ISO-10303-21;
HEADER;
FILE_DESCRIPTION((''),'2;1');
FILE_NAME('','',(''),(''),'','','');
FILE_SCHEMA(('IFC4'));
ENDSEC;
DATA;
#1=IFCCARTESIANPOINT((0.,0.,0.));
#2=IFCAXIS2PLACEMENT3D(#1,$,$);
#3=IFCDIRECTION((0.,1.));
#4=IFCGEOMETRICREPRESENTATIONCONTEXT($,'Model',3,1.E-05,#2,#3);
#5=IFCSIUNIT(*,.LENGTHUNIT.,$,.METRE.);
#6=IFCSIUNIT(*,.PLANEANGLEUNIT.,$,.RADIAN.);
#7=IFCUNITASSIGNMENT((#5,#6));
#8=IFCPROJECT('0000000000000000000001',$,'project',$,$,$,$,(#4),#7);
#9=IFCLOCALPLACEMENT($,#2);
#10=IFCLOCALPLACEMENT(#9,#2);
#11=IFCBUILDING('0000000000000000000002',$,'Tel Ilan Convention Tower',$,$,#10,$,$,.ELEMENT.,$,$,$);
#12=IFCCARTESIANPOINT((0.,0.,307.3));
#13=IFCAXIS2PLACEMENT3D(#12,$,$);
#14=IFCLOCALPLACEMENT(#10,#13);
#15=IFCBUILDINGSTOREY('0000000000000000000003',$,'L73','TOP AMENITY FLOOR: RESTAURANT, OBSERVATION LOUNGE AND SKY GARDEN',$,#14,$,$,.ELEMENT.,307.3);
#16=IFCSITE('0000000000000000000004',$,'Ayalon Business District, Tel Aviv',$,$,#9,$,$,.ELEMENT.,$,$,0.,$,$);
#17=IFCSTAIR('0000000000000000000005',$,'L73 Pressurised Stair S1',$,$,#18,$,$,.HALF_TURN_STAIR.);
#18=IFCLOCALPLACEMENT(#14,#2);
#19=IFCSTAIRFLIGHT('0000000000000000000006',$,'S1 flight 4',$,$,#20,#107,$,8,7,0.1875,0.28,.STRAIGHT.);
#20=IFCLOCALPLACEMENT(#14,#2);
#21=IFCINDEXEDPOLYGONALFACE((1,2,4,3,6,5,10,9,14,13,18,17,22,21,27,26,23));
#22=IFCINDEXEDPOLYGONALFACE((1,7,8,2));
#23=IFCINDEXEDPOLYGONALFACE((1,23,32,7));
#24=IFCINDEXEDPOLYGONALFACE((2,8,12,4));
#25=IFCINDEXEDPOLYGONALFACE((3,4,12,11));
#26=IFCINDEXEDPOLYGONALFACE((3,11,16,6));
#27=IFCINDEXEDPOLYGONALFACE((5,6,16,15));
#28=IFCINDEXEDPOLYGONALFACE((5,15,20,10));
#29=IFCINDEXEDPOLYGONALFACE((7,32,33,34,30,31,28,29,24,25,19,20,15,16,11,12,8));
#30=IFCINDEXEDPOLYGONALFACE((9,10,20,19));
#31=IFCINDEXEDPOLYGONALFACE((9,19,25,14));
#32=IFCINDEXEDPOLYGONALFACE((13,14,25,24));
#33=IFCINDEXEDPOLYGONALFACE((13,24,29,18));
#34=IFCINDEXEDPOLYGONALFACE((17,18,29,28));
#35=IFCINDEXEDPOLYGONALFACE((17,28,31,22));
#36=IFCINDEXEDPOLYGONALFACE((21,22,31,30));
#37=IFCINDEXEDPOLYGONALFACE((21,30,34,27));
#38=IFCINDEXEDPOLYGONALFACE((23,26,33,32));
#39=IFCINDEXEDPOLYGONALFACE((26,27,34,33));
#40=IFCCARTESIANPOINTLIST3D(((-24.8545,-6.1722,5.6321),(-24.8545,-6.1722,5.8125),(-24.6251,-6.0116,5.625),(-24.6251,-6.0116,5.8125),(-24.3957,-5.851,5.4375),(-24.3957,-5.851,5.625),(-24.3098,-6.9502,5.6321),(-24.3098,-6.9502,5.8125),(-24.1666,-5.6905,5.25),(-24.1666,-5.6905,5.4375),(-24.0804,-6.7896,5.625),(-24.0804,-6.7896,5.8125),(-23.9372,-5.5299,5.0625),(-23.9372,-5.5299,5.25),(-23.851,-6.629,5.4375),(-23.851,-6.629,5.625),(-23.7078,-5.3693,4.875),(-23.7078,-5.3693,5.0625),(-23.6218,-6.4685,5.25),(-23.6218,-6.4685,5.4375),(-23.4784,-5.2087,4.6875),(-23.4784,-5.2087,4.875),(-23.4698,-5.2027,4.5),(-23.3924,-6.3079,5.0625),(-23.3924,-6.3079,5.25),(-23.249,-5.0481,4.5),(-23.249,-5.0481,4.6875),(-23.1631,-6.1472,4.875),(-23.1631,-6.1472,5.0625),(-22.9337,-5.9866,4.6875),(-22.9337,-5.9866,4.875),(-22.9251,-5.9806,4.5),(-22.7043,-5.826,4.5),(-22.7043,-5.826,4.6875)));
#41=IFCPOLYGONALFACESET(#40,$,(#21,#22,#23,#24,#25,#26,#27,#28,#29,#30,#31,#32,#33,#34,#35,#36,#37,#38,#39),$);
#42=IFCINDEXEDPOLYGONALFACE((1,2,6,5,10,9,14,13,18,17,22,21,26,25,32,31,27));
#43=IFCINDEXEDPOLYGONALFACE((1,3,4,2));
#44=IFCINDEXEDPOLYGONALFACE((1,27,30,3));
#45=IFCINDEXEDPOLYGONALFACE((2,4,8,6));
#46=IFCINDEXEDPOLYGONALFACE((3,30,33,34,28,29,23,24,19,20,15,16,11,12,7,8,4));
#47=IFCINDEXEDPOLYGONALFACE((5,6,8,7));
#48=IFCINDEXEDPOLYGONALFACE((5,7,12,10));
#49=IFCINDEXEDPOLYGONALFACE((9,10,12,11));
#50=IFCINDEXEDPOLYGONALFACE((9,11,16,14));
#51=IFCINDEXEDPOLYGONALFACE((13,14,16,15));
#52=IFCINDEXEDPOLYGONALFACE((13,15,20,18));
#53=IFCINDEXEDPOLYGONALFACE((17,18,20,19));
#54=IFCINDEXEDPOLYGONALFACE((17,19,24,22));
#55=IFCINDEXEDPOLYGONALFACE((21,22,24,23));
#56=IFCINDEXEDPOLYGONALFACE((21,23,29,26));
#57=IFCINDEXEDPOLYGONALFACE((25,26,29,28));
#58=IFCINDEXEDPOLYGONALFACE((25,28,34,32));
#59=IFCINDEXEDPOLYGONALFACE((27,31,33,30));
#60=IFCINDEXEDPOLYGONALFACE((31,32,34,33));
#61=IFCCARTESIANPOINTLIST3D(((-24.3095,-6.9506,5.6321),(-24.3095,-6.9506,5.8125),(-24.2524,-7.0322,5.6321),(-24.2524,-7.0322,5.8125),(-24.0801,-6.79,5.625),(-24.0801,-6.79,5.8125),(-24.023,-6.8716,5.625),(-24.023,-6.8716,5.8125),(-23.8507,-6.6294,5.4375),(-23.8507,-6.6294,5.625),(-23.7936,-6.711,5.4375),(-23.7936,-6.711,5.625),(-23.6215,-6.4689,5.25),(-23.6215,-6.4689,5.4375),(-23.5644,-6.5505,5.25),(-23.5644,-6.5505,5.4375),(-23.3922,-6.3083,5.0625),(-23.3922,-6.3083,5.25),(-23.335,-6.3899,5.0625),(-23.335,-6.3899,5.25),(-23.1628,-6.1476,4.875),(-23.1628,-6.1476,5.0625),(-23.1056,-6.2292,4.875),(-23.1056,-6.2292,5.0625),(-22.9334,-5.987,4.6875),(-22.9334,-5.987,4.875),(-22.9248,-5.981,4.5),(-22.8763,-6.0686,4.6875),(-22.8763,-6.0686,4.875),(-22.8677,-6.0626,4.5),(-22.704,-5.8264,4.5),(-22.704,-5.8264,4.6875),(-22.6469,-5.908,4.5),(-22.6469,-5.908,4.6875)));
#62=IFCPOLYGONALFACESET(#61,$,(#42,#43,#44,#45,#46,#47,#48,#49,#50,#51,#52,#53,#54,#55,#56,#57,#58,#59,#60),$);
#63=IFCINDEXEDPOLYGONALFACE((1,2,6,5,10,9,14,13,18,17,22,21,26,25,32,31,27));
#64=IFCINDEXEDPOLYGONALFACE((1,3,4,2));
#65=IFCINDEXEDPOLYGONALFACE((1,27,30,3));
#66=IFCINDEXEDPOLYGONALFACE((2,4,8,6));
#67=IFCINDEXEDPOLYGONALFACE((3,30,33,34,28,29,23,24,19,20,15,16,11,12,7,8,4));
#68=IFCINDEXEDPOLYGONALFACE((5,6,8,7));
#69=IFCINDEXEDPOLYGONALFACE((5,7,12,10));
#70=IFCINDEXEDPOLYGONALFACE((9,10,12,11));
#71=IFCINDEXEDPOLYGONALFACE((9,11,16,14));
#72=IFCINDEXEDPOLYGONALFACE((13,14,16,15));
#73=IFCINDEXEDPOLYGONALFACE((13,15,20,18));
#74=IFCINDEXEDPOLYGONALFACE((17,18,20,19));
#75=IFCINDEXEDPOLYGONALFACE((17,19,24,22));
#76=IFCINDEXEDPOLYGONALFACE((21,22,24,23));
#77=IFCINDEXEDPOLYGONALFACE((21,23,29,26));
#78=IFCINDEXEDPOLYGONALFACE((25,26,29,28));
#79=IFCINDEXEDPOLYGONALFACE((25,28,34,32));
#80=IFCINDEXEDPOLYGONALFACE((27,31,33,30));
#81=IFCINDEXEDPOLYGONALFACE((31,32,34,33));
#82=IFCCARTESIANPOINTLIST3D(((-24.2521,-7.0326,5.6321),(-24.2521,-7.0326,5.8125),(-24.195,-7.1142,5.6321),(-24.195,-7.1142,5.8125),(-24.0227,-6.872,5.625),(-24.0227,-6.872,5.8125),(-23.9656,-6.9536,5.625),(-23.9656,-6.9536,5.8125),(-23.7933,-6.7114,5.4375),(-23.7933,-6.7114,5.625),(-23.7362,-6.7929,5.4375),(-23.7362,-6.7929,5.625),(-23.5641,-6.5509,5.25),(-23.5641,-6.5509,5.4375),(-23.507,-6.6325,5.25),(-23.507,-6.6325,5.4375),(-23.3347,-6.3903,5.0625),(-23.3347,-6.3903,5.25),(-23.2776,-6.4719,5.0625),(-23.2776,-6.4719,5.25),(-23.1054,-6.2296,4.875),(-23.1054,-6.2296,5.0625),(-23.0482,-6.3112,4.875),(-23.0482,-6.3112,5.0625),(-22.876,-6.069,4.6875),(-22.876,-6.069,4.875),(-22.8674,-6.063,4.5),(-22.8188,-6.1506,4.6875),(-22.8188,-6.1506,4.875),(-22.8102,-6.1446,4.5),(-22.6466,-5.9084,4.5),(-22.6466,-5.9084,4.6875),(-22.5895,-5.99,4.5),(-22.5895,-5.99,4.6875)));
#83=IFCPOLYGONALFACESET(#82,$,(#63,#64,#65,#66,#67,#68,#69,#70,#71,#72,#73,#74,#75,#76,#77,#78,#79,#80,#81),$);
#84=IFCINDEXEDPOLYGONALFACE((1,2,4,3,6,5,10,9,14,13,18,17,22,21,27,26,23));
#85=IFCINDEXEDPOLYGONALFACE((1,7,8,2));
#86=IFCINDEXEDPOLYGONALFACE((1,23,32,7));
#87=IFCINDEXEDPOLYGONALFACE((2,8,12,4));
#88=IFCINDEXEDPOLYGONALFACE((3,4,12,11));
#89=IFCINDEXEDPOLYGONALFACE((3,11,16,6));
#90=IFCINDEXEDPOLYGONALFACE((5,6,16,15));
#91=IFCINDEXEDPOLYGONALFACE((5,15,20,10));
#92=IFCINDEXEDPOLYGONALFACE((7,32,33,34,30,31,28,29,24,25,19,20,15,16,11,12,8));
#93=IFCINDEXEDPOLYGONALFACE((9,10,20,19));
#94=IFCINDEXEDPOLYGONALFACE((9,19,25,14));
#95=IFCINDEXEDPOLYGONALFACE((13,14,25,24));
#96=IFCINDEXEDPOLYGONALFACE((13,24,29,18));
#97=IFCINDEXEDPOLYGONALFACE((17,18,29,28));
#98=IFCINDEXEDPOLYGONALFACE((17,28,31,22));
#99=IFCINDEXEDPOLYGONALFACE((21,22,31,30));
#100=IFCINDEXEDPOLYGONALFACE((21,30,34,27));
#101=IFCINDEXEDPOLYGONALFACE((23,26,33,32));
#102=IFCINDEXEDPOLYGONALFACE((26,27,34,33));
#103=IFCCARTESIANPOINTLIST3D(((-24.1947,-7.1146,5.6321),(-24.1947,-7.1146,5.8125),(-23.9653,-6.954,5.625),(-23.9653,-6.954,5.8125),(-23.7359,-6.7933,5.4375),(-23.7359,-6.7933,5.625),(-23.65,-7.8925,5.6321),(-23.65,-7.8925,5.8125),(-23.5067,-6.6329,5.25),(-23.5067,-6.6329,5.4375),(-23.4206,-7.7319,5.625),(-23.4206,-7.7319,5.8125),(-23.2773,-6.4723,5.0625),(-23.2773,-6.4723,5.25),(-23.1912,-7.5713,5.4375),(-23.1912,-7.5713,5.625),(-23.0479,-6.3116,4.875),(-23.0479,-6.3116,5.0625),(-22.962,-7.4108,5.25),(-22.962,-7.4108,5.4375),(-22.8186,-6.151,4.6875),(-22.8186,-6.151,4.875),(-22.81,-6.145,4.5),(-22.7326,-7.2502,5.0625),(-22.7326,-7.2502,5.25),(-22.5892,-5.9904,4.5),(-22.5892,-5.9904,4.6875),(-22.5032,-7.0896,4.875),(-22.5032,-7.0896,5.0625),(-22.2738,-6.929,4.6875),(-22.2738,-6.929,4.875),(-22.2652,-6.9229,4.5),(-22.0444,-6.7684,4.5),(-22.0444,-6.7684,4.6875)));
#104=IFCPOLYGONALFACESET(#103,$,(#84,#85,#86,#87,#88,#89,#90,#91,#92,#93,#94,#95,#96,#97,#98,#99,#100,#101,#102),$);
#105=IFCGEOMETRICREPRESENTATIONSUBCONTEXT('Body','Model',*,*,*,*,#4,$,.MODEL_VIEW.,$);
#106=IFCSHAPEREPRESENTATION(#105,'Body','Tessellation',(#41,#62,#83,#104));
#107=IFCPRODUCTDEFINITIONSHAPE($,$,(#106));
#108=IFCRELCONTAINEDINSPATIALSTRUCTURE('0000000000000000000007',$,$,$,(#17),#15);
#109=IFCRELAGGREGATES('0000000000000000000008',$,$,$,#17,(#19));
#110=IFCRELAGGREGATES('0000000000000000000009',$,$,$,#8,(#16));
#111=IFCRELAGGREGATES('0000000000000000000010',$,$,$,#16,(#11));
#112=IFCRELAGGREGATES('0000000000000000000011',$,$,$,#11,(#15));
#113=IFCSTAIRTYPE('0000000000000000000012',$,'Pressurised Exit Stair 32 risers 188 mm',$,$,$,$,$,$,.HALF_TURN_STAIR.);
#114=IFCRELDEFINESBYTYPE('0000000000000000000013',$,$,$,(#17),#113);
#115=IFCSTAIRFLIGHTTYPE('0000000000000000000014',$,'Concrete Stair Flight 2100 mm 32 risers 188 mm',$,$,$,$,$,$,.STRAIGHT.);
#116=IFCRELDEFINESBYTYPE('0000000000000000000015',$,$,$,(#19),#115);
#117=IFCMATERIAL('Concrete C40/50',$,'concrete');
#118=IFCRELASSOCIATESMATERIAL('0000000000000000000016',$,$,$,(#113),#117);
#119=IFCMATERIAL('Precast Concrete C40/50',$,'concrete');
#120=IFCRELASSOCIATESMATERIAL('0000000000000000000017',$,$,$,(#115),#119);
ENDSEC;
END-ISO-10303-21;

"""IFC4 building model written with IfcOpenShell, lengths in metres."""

from ifc_helpers import new_model, si_unit, direction, frame, origin, place, context, subcontext, project, spatial, polyline, outline, extrude, material, type_object, element, aggregate, save


model = new_model("IFC4")

# Units and contexts
model_context = context("Model", 3, precision=1e-05, world=origin(), true_north=direction((0.0, 1.0)))
body_context = subcontext(model_context, "Body", "Model", "MODEL_VIEW")
ifc_project = project(units=[si_unit("LENGTHUNIT", "METRE"), si_unit("PLANEANGLEUNIT", "RADIAN")], contexts=[model_context])

# Site, building, storey
site_placement = place(None, origin())
site = spatial("IfcSite", under=ifc_project, at=site_placement, Name="Ayalon Business District, Tel Aviv", CompositionType="ELEMENT", RefElevation=0.0)
building_placement = place(site_placement, origin())
building = spatial("IfcBuilding", under=site, at=building_placement, Name="Tel Ilan Convention Tower", CompositionType="ELEMENT")
storey_placement = place(building_placement, frame((0.0, 0.0, 307.3)))
storey = spatial("IfcBuildingStorey", under=building, at=storey_placement, Name="L73", Description="TOP AMENITY FLOOR: RESTAURANT, OBSERVATION LOUNGE AND SKY GARDEN", CompositionType="ELEMENT", Elevation=307.3)

# Stair, stair flight
ifc_material_1 = material(Name="Concrete C40/50", Category="concrete")
stair_type = type_object("IfcStairType", Name="Pressurised Exit Stair 32 risers 188 mm", PredefinedType="HALF_TURN_STAIR", material=ifc_material_1)
stair_1_placement = place(storey_placement, origin())
stair_1 = element("IfcStair", 1, at=stair_1_placement, inside=storey, type_object=stair_type, Name="L73 Pressurised Stair S1", PredefinedType="HALF_TURN_STAIR")
ifc_material_2 = material(Name="Precast Concrete C40/50", Category="concrete")
stair_flight_type = type_object("IfcStairFlightType", Name="Concrete Stair Flight 2100 mm 32 risers 188 mm", PredefinedType="STRAIGHT", material=ifc_material_2)
stair_flight_1_placement = place(storey_placement, frame((-22.6467, -5.9082, 4.5), z_axis=(0.0, 0.0, 1.0), x_axis=(-0.819152, -0.573576, 0.0)))
stair_flight_1 = element("IfcStairFlight", 2, at=stair_flight_1_placement, type_object=stair_flight_type, Name="S1 flight 4", NumberOfRisers=8, NumberOfTreads=7, PredefinedType="STRAIGHT", RiserHeight=0.1875, TreadLength=0.28, context=body_context, shape_type="SweptSolid", body=[
    extrude(outline(polyline([(0.0, 0.0), (0.0, 0.1875), (0.28, 0.1875), (0.28, 0.375), (0.5601, 0.375), (0.5601, 0.5625), (0.8401, 0.5625), (0.8401, 0.75), (1.1201, 0.75), (1.1201, 0.9375), (1.3999, 0.9375), (1.3999, 1.125), (1.6799, 1.125), (1.6799, 1.3125), (1.96, 1.3125), (1.96, 1.5), (1.96, 1.1321), (0.2695, 0.0), (0.0, 0.0)])), frame((0.0, -0.1003, 0.0), z_axis=(0.0, -1.0, 0.0), x_axis=(1.0, 0.0, 0.0)), (0.0, 0.0, 1.0), 0.9497),
    extrude(outline(polyline([(0.0, 0.0), (0.0, 0.1875), (0.28, 0.1875), (0.28, 0.375), (0.5601, 0.375), (0.5601, 0.5625), (0.8401, 0.5625), (0.8401, 0.75), (1.1201, 0.75), (1.1201, 0.9375), (1.3999, 0.9375), (1.3999, 1.125), (1.6799, 1.125), (1.6799, 1.3125), (1.96, 1.3125), (1.96, 1.5), (1.96, 1.1321), (0.2695, 0.0), (0.0, 0.0)])), frame((0.0, -0.0002, 0.0), z_axis=(0.0, -1.0, 0.0), x_axis=(1.0, 0.0, 0.0)), (0.0, 0.0, 1.0), 0.0996),
    extrude(outline(polyline([(0.0, 0.0), (0.0, 0.1875), (0.28, 0.1875), (0.28, 0.375), (0.5601, 0.375), (0.5601, 0.5625), (0.8401, 0.5625), (0.8401, 0.75), (1.1201, 0.75), (1.1201, 0.9375), (1.3999, 0.9375), (1.3999, 1.125), (1.6799, 1.125), (1.6799, 1.3125), (1.96, 1.3125), (1.96, 1.5), (1.96, 1.1321), (0.2695, 0.0), (0.0, 0.0)])), frame((0.0, 0.0999, 0.0), z_axis=(0.0, -1.0, 0.0), x_axis=(1.0, 0.0, 0.0)), (0.0, 0.0, 1.0), 0.0996),
    extrude(outline(polyline([(0.0, 0.0), (0.0, 0.1875), (0.28, 0.1875), (0.28, 0.375), (0.5601, 0.375), (0.5601, 0.5625), (0.8401, 0.5625), (0.8401, 0.75), (1.1201, 0.75), (1.1201, 0.9375), (1.3999, 0.9375), (1.3999, 1.125), (1.6799, 1.125), (1.6799, 1.3125), (1.96, 1.3125), (1.96, 1.5), (1.96, 1.1321), (0.2695, 0.0), (0.0, 0.0)])), frame((0.0, 1.05, 0.0), z_axis=(0.0, -1.0, 0.0), x_axis=(1.0, 0.0, 0.0)), (0.0, 0.0, 1.0), 0.9497),
])
aggregate(stair_1, [stair_flight_1])

save(model, "model.ifc")
